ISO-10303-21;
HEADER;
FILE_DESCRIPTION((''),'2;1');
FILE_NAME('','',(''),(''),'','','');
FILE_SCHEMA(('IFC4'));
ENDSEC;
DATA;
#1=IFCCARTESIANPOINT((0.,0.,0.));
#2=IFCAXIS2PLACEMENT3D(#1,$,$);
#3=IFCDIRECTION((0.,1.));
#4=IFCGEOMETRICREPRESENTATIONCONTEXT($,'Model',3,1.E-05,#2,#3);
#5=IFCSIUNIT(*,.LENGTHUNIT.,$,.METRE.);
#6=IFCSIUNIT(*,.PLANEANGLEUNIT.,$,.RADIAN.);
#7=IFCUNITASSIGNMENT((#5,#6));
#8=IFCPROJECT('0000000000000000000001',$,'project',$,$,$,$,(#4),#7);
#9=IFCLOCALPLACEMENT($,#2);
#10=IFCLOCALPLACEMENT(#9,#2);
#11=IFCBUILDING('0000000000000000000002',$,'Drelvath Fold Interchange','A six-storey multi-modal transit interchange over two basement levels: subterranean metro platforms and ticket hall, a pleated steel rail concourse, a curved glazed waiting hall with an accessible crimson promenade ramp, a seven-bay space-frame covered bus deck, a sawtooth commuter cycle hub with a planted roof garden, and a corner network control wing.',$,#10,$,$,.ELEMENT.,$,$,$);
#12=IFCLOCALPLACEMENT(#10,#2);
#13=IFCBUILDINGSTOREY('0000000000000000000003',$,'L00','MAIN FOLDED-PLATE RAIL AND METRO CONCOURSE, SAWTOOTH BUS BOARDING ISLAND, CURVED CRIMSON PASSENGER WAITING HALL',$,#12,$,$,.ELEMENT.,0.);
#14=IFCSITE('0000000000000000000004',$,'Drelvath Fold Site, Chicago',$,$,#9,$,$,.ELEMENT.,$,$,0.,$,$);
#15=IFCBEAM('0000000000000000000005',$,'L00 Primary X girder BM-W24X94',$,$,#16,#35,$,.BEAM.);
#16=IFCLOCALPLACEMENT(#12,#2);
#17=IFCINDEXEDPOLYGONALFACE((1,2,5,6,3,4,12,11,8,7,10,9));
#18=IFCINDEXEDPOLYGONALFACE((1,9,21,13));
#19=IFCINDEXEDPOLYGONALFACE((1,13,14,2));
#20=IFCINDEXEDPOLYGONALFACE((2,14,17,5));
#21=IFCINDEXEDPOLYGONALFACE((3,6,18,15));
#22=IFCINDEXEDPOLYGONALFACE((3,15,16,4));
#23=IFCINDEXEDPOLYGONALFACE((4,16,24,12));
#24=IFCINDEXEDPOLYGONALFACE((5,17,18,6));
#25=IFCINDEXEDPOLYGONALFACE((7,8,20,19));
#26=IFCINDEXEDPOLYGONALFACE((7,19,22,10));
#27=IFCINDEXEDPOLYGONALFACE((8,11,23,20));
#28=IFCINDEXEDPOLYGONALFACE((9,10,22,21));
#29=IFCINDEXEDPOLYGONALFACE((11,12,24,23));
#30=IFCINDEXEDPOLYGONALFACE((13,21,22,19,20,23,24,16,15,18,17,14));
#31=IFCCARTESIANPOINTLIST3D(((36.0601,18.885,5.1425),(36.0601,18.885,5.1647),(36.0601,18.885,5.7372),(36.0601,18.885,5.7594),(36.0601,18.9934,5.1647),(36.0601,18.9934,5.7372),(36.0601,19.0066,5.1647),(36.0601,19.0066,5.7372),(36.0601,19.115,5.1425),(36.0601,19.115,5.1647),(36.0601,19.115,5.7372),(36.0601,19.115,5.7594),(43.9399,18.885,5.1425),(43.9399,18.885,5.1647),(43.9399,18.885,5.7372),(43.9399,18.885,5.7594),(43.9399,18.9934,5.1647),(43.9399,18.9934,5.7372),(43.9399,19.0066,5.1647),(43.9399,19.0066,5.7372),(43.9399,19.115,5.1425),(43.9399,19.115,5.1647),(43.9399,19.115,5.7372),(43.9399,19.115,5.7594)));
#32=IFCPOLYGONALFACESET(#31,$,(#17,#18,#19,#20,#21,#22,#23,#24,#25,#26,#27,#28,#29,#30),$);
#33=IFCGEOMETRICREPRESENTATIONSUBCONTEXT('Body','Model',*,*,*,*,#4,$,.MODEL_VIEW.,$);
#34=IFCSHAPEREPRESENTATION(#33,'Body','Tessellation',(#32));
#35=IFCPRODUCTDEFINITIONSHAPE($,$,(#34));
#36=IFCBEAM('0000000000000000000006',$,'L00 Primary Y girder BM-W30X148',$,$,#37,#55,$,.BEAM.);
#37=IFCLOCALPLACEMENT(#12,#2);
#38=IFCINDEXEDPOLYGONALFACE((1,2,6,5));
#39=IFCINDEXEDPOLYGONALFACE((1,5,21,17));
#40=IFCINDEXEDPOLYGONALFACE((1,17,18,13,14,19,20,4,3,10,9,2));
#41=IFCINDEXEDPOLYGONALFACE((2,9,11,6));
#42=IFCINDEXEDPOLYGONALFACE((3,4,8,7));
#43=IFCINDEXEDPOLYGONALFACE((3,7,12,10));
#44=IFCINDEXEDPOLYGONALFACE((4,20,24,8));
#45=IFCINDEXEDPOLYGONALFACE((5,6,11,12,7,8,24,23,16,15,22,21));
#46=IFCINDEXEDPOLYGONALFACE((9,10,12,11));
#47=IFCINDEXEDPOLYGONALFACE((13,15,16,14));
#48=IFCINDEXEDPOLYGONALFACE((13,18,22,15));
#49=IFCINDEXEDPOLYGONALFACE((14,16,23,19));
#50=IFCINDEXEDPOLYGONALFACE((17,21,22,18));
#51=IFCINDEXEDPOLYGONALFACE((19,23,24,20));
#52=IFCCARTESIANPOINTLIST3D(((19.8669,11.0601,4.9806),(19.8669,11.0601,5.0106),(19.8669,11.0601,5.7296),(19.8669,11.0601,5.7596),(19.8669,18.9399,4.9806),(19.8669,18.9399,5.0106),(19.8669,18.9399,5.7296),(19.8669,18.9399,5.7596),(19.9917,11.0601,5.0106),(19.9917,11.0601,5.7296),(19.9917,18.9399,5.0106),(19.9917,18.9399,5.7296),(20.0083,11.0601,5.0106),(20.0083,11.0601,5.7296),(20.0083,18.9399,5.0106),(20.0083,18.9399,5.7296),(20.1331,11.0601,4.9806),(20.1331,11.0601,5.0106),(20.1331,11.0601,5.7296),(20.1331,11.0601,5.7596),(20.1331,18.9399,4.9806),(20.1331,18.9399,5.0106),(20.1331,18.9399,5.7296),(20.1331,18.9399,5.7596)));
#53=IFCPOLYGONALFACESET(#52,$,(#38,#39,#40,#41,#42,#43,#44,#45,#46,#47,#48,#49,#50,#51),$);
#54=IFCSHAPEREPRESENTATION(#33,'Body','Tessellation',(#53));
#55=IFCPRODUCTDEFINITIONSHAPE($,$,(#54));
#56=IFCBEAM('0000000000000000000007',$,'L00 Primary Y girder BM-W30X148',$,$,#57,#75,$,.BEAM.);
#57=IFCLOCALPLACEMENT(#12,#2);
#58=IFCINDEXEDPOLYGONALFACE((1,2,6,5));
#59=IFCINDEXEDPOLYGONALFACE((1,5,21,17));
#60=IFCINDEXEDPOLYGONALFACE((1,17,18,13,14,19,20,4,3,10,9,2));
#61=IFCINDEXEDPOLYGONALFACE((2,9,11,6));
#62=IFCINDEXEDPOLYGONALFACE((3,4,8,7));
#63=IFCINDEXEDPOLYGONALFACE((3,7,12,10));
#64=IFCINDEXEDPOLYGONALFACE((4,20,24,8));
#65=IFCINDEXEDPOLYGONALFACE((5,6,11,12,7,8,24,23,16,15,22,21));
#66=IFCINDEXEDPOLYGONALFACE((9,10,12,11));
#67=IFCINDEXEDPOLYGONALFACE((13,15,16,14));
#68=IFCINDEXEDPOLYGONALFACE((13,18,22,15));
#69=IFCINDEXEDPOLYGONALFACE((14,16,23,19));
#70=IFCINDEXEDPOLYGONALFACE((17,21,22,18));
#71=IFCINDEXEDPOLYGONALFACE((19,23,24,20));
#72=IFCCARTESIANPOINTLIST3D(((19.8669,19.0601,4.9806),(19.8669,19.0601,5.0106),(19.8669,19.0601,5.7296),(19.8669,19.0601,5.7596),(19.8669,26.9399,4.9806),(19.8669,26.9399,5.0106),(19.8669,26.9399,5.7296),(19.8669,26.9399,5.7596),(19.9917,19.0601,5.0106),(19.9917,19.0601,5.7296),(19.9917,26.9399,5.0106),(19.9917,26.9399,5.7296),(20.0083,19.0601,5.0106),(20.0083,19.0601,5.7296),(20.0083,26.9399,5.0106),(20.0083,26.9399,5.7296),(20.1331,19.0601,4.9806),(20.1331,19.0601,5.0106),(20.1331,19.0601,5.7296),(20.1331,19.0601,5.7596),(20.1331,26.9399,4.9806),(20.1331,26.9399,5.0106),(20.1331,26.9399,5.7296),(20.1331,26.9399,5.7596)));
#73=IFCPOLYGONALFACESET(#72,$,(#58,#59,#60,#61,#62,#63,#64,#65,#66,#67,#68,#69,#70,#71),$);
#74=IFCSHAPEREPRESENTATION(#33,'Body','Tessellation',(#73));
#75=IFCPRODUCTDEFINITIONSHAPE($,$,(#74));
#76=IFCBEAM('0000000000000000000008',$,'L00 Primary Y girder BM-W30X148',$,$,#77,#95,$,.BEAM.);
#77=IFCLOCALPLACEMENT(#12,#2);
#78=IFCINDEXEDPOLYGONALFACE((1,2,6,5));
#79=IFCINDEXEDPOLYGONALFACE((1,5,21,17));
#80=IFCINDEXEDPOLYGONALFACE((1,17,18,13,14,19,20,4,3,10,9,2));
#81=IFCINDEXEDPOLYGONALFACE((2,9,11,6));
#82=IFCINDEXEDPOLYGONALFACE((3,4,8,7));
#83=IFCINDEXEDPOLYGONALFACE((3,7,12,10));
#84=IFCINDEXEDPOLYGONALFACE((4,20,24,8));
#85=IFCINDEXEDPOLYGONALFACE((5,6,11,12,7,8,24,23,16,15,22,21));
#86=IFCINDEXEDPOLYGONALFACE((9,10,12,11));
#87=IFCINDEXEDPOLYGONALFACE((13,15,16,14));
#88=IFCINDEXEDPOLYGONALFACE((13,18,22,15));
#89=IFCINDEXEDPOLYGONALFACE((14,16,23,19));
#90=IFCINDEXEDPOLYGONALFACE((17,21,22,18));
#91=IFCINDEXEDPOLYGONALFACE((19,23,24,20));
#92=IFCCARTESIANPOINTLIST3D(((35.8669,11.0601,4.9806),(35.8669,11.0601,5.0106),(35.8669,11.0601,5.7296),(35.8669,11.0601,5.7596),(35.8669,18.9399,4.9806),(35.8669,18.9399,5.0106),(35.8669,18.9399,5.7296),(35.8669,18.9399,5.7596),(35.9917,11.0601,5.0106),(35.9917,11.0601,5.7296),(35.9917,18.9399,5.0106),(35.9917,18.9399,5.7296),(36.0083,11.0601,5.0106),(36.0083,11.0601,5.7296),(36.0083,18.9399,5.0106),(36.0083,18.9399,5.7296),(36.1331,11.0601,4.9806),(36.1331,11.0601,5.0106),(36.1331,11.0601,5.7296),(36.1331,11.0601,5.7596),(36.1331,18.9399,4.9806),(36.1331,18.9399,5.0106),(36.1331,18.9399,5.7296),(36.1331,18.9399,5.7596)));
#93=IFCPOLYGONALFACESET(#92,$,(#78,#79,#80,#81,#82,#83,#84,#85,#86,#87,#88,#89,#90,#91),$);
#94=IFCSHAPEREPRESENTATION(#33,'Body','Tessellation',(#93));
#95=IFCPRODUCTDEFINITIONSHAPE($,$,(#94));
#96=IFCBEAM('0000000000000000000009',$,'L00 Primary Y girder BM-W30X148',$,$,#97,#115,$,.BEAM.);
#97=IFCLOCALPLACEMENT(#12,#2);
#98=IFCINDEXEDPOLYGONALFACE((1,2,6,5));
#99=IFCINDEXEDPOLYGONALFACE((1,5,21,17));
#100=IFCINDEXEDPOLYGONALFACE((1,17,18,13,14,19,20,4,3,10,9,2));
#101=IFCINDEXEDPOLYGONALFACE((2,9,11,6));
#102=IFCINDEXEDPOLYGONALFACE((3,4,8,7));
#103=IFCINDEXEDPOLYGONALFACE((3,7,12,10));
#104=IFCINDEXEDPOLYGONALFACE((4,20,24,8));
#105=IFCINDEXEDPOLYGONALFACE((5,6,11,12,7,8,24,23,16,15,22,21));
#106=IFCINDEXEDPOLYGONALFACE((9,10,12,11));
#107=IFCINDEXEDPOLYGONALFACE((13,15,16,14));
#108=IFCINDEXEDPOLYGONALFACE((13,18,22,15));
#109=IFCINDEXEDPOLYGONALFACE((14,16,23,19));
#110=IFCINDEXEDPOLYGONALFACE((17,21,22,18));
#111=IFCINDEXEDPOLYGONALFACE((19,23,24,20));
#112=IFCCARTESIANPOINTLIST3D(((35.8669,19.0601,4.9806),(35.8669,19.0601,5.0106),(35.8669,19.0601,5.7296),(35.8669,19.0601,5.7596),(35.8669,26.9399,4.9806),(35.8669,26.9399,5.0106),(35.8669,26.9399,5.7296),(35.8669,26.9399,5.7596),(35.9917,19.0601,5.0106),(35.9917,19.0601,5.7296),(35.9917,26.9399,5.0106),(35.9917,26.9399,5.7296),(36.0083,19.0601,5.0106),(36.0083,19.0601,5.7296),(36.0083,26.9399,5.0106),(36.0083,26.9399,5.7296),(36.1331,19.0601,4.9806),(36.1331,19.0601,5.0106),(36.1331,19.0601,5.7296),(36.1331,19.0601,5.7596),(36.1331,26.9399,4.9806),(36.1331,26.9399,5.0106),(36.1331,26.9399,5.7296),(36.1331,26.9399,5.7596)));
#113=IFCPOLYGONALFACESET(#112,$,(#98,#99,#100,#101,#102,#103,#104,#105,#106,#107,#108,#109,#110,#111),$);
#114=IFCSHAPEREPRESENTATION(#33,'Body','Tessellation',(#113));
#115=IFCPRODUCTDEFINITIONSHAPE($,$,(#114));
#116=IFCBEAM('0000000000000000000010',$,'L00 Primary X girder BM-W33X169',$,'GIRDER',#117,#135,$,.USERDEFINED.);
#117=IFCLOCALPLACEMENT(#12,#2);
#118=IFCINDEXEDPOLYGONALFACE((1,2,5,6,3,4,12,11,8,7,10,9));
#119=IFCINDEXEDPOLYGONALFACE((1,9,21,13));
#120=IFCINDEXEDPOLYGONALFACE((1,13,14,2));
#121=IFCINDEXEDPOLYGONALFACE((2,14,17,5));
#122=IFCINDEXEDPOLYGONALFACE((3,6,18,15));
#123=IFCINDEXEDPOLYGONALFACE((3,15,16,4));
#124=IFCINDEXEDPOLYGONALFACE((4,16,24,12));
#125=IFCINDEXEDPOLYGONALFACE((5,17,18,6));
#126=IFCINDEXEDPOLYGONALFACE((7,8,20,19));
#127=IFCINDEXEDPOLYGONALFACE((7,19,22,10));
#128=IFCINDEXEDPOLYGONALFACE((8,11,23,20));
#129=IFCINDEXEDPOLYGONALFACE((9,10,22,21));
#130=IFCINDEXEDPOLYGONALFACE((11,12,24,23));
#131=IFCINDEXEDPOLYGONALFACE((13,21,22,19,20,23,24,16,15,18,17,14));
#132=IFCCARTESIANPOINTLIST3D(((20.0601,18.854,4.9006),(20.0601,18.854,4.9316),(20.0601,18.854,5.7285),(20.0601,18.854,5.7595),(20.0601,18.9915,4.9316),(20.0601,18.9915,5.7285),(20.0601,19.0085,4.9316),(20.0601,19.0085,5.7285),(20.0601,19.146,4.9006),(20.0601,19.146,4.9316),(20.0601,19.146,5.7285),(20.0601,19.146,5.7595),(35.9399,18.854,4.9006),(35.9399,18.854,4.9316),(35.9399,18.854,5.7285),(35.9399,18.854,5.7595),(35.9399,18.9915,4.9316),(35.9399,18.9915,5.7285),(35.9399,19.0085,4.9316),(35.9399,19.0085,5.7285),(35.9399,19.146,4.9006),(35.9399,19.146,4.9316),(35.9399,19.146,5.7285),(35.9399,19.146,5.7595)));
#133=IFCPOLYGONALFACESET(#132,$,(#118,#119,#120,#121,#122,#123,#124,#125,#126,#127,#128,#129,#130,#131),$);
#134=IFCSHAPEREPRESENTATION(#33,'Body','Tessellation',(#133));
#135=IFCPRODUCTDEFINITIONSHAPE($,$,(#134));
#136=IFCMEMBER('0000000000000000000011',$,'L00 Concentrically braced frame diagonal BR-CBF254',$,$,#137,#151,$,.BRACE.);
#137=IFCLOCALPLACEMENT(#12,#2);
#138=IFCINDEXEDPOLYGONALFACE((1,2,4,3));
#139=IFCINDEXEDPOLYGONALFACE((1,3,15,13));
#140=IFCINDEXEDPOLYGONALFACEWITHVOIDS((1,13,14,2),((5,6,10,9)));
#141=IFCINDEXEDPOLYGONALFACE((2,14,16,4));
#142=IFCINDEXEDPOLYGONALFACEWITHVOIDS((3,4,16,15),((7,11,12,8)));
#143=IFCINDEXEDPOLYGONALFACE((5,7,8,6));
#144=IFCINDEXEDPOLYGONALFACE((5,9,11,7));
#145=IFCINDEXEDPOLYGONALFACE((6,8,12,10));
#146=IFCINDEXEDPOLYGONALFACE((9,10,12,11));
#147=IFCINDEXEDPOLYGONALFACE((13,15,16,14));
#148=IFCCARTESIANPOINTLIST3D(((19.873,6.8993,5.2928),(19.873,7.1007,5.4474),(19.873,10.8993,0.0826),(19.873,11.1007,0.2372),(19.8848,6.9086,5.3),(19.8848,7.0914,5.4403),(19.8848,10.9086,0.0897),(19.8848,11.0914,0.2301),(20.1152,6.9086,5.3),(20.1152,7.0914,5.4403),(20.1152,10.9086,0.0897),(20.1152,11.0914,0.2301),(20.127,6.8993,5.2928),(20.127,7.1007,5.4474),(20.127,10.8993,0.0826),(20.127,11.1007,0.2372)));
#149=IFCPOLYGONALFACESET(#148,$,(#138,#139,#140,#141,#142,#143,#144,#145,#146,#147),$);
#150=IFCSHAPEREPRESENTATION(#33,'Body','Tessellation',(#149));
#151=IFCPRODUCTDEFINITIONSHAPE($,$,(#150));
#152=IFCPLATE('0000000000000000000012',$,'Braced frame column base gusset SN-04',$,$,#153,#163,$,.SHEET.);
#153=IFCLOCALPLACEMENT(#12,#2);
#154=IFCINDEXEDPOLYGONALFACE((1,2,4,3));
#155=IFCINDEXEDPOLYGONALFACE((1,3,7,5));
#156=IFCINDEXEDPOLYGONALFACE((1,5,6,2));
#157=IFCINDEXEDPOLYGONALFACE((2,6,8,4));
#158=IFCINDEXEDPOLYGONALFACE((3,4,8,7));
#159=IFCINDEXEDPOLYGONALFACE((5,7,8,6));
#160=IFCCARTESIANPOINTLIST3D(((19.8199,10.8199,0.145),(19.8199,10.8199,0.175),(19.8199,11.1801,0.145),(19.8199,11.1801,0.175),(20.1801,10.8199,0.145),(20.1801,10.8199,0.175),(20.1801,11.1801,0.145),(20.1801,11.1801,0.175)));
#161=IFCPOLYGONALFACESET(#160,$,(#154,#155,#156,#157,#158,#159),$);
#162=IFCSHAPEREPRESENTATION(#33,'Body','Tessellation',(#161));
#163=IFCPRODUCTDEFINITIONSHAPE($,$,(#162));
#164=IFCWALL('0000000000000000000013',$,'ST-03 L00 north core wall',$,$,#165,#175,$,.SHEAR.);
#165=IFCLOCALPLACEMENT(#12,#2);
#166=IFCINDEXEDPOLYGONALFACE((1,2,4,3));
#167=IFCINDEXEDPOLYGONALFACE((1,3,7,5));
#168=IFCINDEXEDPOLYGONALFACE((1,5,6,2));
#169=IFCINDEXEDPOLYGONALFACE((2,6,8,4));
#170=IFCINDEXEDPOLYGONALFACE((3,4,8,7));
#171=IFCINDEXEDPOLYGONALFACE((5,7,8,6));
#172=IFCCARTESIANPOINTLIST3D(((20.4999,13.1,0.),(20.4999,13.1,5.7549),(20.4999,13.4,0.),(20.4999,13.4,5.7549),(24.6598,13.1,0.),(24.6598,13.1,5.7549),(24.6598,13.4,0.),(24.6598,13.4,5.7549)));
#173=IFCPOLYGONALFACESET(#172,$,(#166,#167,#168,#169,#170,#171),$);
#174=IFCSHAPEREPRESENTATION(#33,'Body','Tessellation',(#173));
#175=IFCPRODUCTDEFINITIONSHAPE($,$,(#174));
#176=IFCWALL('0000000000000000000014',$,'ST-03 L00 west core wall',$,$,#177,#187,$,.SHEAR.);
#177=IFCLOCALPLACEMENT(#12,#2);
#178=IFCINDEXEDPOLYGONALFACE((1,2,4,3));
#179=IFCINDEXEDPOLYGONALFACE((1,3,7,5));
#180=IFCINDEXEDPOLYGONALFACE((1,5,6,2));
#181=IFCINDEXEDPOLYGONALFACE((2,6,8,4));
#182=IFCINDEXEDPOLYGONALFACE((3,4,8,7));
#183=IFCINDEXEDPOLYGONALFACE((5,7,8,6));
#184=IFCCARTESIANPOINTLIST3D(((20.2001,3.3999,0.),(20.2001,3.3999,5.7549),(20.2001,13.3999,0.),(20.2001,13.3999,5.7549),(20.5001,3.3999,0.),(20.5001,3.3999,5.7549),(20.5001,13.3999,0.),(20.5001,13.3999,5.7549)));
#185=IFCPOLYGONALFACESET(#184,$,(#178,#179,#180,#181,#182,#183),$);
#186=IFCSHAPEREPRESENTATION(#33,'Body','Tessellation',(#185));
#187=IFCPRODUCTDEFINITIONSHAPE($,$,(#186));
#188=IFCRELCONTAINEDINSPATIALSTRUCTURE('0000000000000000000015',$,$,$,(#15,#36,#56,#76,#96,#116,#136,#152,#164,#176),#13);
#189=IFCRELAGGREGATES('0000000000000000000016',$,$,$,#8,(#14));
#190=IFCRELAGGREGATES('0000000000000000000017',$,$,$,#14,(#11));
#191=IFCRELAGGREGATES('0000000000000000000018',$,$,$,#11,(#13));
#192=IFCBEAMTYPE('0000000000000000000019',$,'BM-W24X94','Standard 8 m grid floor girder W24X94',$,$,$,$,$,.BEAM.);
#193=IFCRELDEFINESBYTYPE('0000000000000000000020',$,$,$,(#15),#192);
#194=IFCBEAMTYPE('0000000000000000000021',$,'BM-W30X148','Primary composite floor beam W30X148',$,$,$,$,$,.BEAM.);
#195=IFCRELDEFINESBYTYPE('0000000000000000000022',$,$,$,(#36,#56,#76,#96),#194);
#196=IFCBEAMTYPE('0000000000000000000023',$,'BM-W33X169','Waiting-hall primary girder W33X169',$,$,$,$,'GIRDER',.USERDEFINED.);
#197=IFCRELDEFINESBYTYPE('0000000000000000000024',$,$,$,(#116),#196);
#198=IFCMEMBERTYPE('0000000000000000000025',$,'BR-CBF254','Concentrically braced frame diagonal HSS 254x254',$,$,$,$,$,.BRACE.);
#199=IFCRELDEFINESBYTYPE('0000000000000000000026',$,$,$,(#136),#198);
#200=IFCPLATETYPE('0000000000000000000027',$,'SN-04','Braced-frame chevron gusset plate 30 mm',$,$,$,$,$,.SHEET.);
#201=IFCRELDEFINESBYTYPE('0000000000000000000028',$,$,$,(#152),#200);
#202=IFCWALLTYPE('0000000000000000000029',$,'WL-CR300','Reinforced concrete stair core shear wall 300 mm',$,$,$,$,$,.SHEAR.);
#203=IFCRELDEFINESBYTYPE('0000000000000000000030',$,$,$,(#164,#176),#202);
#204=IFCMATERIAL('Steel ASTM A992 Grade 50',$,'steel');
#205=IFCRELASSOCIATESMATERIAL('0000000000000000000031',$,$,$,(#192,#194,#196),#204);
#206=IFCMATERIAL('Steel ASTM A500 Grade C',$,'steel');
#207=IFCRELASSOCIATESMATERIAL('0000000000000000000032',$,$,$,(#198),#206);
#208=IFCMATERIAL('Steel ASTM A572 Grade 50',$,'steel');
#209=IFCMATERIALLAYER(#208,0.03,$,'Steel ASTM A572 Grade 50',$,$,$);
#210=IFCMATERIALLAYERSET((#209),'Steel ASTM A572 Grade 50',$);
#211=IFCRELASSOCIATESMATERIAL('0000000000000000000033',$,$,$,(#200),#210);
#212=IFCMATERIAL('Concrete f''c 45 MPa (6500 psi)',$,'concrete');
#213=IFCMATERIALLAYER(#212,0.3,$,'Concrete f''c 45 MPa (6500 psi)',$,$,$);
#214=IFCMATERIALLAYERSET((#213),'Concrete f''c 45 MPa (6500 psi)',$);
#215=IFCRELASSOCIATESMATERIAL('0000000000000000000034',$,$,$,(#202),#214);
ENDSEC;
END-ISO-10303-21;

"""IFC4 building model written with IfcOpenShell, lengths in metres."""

from ifc_helpers import new_model, si_unit, direction, frame, frame_2d, origin, origin_2d, place, context, subcontext, project, spatial, rectangle, hollow_rectangle, i_section, extrude, material, layer, layer_set, material_profile, profile_set, type_object, element, save


model = new_model("IFC4")

# Units and contexts
model_context = context("Model", 3, precision=1e-05, world=origin(), true_north=direction((0.0, 1.0)))
body_context = subcontext(model_context, "Body", "Model", "MODEL_VIEW")
ifc_project = project(units=[si_unit("LENGTHUNIT", "METRE"), si_unit("PLANEANGLEUNIT", "RADIAN")], contexts=[model_context])

# Site, building, storey
site_placement = place(None, origin())
site = spatial("IfcSite", under=ifc_project, at=site_placement, Name="Drelvath Fold Site, Chicago", CompositionType="ELEMENT", RefElevation=0.0)
building_placement = place(site_placement, origin())
building = spatial("IfcBuilding", under=site, at=building_placement, Name="Drelvath Fold Interchange", Description="A six-storey multi-modal transit interchange over two basement levels: subterranean metro platforms and ticket hall, a pleated steel rail concourse, a curved glazed waiting hall with an accessible crimson promenade ramp, a seven-bay space-frame covered bus deck, a sawtooth commuter cycle hub with a planted roof garden, and a corner network control wing.", CompositionType="ELEMENT")
storey_placement = place(building_placement, origin())
storey = spatial("IfcBuildingStorey", under=building, at=storey_placement, Name="L00", Description="MAIN FOLDED-PLATE RAIL AND METRO CONCOURSE, SAWTOOTH BUS BOARDING ISLAND, CURVED CRIMSON PASSENGER WAITING HALL", CompositionType="ELEMENT", Elevation=0.0)

# Shared definitions
ifc_material_1 = material(Name="Steel ASTM A992 Grade 50", Category="steel")

# Beams
ifc_material_profile_1 = material_profile(ifc_material_1, i_section(OverallWidth=0.23, OverallDepth=0.6169, WebThickness=0.0132, FlangeThickness=0.0222, at=origin_2d()), Name="W24X94")
ifc_profile_set_1 = profile_set([ifc_material_profile_1], Name="Steel ASTM A992 Grade 50")
beam_type_1 = type_object("IfcBeamType", Name="BM-W24X94", Description="Standard 8 m grid floor girder W24X94", PredefinedType="BEAM", material=ifc_profile_set_1)
for number, where, z_axis, x_axis, name in (
    (1, (36.0601, 19.0, 5.4509), (1.0, 0.0, 0.0), (0.0, 1.0, 0.0), "L00 Primary X girder BM-W24X94"),
):
    element("IfcBeam", number, at=place(storey_placement, frame(where, z_axis=z_axis, x_axis=x_axis)), inside=storey, type_object=beam_type_1, Name=name, PredefinedType="BEAM", context=body_context, shape_type="SweptSolid", body=[
        extrude(i_section(OverallWidth=0.23, OverallDepth=0.6169, WebThickness=0.0132, FlangeThickness=0.0222, at=origin_2d()), origin(), (0.0, 0.0, 1.0), 7.8799),
    ])
ifc_material_profile_2 = material_profile(ifc_material_1, i_section(OverallWidth=0.2661, OverallDepth=0.7791, WebThickness=0.0166, FlangeThickness=0.03, at=origin_2d()), Name="W30X148")
ifc_profile_set_2 = profile_set([ifc_material_profile_2], Name="Steel ASTM A992 Grade 50")
beam_type_2 = type_object("IfcBeamType", Name="BM-W30X148", Description="Primary composite floor beam W30X148", PredefinedType="BEAM", material=ifc_profile_set_2)
for number, where, z_axis, x_axis, name in (
    (2, (20.0, 11.0601, 5.3701), (0.0, 1.0, 0.0), (-1.0, 0.0, 0.0), "L00 Primary Y girder BM-W30X148"),
    (3, (20.0, 19.0601, 5.3701), (0.0, 1.0, 0.0), (-1.0, 0.0, 0.0), "L00 Primary Y girder BM-W30X148"),
    (4, (36.0, 11.0601, 5.3701), (0.0, 1.0, 0.0), (-1.0, 0.0, 0.0), "L00 Primary Y girder BM-W30X148"),
    (5, (36.0, 19.0601, 5.3701), (0.0, 1.0, 0.0), (-1.0, 0.0, 0.0), "L00 Primary Y girder BM-W30X148"),
):
    element("IfcBeam", number, at=place(storey_placement, frame(where, z_axis=z_axis, x_axis=x_axis)), inside=storey, type_object=beam_type_2, Name=name, PredefinedType="BEAM", context=body_context, shape_type="SweptSolid", body=[
        extrude(i_section(OverallWidth=0.2661, OverallDepth=0.7791, WebThickness=0.0166, FlangeThickness=0.03, at=origin_2d()), origin(), (0.0, 0.0, 1.0), 7.8799),
    ])
ifc_material_profile_3 = material_profile(ifc_material_1, i_section(OverallWidth=0.292, OverallDepth=0.8589, WebThickness=0.0171, FlangeThickness=0.031, at=origin_2d()), Name="W33X169")
ifc_profile_set_3 = profile_set([ifc_material_profile_3], Name="Steel ASTM A992 Grade 50")
beam_type_3 = type_object("IfcBeamType", Name="BM-W33X169", Description="Waiting-hall primary girder W33X169", ElementType="GIRDER", PredefinedType="USERDEFINED", material=ifc_profile_set_3)
beam_placement = place(storey_placement, frame((20.0601, 19.0, 5.3301), z_axis=(1.0, 0.0, 0.0), x_axis=(0.0, 1.0, 0.0)))
element("IfcBeam", 6, at=beam_placement, inside=storey, type_object=beam_type_3, Name="L00 Primary X girder BM-W33X169", ObjectType="GIRDER", PredefinedType="USERDEFINED", context=body_context, shape_type="SweptSolid", body=[
    extrude(i_section(OverallWidth=0.292, OverallDepth=0.8589, WebThickness=0.0171, FlangeThickness=0.031, at=origin_2d()), origin(), (0.0, 0.0, 1.0), 15.8799),
])

# Member
ifc_material_2 = material(Name="Steel ASTM A500 Grade C", Category="steel")
ifc_material_profile_4 = material_profile(ifc_material_2, hollow_rectangle(XDim=0.2539, YDim=0.2539, WallThickness=0.0117, at=origin_2d()), Name="HSS10X10X1/2")
ifc_profile_set_4 = profile_set([ifc_material_profile_4], Name="Steel ASTM A500 Grade C")
member_type = type_object("IfcMemberType", Name="BR-CBF254", Description="Concentrically braced frame diagonal HSS 254x254", PredefinedType="BRACE", material=ifc_profile_set_4)
member_placement = place(storey_placement, frame((20.0, 11.0, 0.1599), z_axis=(0.0, -0.60896, 0.793201), x_axis=(1.0, 0.0, 0.0)))
element("IfcMember", 7, at=member_placement, inside=storey, type_object=member_type, Name="L00 Concentrically braced frame diagonal BR-CBF254", PredefinedType="BRACE", context=body_context, shape_type="SweptSolid", body=[
    extrude(hollow_rectangle(XDim=0.2539, YDim=0.2539, WallThickness=0.0117, at=origin_2d()), origin(), (0.0, 0.0, 1.0), 6.5686),
])

# Plate
ifc_material_3 = material(Name="Steel ASTM A572 Grade 50", Category="steel")
ifc_layer_1 = layer(ifc_material_3, 0.03, Name="Steel ASTM A572 Grade 50")
ifc_layer_set_1 = layer_set([ifc_layer_1], Name="Steel ASTM A572 Grade 50")
plate_type = type_object("IfcPlateType", Name="SN-04", Description="Braced-frame chevron gusset plate 30 mm", PredefinedType="SHEET", material=ifc_layer_set_1)
plate_placement = place(storey_placement, frame((20.0, 11.0, 0.145), z_axis=(0.0, 0.0, 1.0), x_axis=(1.0, 0.0, 0.0)))
element("IfcPlate", 8, at=plate_placement, inside=storey, type_object=plate_type, Name="Braced frame column base gusset SN-04", PredefinedType="SHEET", context=body_context, shape_type="SweptSolid", body=[
    extrude(rectangle(XDim=0.3601, YDim=0.3601, at=origin_2d()), origin(), (0.0, 0.0, 1.0), 0.03),
])

# Walls
ifc_material_4 = material(Name="Concrete f'c 45 MPa (6500 psi)", Category="concrete")
ifc_layer_2 = layer(ifc_material_4, 0.3, Name="Concrete f'c 45 MPa (6500 psi)")
ifc_layer_set_2 = layer_set([ifc_layer_2], Name="Concrete f'c 45 MPa (6500 psi)")
wall_type_1 = type_object("IfcWallType", Name="WL-CR300", Description="Reinforced concrete stair core shear wall 300 mm", PredefinedType="SHEAR", material=ifc_layer_set_2)
wall_1_placement = place(storey_placement, frame((24.6599, 13.25, 0.0), z_axis=(0.0, 0.0, 1.0), x_axis=(-1.0, 0.0, 0.0)))
element("IfcWall", 9, at=wall_1_placement, inside=storey, type_object=wall_type_1, Name="ST-03 L00 north core wall", PredefinedType="SHEAR", context=body_context, shape_type="SweptSolid", body=[
    extrude(rectangle(XDim=4.1599, YDim=0.3, at=frame_2d((2.0801, 0.0))), origin(), (0.0, 0.0, 1.0), 5.7549),
])
wall_2_placement = place(storey_placement, frame((20.3501, 13.3999, 0.0), z_axis=(0.0, 0.0, 1.0), x_axis=(0.0, -1.0, 0.0)))
element("IfcWall", 10, at=wall_2_placement, inside=storey, type_object=wall_type_1, Name="ST-03 L00 west core wall", PredefinedType="SHEAR", context=body_context, shape_type="SweptSolid", body=[
    extrude(rectangle(XDim=10.0, YDim=0.3, at=frame_2d((5.0, 0.0))), origin(), (0.0, 0.0, 1.0), 5.7549),
])

save(model, "model.ifc")
